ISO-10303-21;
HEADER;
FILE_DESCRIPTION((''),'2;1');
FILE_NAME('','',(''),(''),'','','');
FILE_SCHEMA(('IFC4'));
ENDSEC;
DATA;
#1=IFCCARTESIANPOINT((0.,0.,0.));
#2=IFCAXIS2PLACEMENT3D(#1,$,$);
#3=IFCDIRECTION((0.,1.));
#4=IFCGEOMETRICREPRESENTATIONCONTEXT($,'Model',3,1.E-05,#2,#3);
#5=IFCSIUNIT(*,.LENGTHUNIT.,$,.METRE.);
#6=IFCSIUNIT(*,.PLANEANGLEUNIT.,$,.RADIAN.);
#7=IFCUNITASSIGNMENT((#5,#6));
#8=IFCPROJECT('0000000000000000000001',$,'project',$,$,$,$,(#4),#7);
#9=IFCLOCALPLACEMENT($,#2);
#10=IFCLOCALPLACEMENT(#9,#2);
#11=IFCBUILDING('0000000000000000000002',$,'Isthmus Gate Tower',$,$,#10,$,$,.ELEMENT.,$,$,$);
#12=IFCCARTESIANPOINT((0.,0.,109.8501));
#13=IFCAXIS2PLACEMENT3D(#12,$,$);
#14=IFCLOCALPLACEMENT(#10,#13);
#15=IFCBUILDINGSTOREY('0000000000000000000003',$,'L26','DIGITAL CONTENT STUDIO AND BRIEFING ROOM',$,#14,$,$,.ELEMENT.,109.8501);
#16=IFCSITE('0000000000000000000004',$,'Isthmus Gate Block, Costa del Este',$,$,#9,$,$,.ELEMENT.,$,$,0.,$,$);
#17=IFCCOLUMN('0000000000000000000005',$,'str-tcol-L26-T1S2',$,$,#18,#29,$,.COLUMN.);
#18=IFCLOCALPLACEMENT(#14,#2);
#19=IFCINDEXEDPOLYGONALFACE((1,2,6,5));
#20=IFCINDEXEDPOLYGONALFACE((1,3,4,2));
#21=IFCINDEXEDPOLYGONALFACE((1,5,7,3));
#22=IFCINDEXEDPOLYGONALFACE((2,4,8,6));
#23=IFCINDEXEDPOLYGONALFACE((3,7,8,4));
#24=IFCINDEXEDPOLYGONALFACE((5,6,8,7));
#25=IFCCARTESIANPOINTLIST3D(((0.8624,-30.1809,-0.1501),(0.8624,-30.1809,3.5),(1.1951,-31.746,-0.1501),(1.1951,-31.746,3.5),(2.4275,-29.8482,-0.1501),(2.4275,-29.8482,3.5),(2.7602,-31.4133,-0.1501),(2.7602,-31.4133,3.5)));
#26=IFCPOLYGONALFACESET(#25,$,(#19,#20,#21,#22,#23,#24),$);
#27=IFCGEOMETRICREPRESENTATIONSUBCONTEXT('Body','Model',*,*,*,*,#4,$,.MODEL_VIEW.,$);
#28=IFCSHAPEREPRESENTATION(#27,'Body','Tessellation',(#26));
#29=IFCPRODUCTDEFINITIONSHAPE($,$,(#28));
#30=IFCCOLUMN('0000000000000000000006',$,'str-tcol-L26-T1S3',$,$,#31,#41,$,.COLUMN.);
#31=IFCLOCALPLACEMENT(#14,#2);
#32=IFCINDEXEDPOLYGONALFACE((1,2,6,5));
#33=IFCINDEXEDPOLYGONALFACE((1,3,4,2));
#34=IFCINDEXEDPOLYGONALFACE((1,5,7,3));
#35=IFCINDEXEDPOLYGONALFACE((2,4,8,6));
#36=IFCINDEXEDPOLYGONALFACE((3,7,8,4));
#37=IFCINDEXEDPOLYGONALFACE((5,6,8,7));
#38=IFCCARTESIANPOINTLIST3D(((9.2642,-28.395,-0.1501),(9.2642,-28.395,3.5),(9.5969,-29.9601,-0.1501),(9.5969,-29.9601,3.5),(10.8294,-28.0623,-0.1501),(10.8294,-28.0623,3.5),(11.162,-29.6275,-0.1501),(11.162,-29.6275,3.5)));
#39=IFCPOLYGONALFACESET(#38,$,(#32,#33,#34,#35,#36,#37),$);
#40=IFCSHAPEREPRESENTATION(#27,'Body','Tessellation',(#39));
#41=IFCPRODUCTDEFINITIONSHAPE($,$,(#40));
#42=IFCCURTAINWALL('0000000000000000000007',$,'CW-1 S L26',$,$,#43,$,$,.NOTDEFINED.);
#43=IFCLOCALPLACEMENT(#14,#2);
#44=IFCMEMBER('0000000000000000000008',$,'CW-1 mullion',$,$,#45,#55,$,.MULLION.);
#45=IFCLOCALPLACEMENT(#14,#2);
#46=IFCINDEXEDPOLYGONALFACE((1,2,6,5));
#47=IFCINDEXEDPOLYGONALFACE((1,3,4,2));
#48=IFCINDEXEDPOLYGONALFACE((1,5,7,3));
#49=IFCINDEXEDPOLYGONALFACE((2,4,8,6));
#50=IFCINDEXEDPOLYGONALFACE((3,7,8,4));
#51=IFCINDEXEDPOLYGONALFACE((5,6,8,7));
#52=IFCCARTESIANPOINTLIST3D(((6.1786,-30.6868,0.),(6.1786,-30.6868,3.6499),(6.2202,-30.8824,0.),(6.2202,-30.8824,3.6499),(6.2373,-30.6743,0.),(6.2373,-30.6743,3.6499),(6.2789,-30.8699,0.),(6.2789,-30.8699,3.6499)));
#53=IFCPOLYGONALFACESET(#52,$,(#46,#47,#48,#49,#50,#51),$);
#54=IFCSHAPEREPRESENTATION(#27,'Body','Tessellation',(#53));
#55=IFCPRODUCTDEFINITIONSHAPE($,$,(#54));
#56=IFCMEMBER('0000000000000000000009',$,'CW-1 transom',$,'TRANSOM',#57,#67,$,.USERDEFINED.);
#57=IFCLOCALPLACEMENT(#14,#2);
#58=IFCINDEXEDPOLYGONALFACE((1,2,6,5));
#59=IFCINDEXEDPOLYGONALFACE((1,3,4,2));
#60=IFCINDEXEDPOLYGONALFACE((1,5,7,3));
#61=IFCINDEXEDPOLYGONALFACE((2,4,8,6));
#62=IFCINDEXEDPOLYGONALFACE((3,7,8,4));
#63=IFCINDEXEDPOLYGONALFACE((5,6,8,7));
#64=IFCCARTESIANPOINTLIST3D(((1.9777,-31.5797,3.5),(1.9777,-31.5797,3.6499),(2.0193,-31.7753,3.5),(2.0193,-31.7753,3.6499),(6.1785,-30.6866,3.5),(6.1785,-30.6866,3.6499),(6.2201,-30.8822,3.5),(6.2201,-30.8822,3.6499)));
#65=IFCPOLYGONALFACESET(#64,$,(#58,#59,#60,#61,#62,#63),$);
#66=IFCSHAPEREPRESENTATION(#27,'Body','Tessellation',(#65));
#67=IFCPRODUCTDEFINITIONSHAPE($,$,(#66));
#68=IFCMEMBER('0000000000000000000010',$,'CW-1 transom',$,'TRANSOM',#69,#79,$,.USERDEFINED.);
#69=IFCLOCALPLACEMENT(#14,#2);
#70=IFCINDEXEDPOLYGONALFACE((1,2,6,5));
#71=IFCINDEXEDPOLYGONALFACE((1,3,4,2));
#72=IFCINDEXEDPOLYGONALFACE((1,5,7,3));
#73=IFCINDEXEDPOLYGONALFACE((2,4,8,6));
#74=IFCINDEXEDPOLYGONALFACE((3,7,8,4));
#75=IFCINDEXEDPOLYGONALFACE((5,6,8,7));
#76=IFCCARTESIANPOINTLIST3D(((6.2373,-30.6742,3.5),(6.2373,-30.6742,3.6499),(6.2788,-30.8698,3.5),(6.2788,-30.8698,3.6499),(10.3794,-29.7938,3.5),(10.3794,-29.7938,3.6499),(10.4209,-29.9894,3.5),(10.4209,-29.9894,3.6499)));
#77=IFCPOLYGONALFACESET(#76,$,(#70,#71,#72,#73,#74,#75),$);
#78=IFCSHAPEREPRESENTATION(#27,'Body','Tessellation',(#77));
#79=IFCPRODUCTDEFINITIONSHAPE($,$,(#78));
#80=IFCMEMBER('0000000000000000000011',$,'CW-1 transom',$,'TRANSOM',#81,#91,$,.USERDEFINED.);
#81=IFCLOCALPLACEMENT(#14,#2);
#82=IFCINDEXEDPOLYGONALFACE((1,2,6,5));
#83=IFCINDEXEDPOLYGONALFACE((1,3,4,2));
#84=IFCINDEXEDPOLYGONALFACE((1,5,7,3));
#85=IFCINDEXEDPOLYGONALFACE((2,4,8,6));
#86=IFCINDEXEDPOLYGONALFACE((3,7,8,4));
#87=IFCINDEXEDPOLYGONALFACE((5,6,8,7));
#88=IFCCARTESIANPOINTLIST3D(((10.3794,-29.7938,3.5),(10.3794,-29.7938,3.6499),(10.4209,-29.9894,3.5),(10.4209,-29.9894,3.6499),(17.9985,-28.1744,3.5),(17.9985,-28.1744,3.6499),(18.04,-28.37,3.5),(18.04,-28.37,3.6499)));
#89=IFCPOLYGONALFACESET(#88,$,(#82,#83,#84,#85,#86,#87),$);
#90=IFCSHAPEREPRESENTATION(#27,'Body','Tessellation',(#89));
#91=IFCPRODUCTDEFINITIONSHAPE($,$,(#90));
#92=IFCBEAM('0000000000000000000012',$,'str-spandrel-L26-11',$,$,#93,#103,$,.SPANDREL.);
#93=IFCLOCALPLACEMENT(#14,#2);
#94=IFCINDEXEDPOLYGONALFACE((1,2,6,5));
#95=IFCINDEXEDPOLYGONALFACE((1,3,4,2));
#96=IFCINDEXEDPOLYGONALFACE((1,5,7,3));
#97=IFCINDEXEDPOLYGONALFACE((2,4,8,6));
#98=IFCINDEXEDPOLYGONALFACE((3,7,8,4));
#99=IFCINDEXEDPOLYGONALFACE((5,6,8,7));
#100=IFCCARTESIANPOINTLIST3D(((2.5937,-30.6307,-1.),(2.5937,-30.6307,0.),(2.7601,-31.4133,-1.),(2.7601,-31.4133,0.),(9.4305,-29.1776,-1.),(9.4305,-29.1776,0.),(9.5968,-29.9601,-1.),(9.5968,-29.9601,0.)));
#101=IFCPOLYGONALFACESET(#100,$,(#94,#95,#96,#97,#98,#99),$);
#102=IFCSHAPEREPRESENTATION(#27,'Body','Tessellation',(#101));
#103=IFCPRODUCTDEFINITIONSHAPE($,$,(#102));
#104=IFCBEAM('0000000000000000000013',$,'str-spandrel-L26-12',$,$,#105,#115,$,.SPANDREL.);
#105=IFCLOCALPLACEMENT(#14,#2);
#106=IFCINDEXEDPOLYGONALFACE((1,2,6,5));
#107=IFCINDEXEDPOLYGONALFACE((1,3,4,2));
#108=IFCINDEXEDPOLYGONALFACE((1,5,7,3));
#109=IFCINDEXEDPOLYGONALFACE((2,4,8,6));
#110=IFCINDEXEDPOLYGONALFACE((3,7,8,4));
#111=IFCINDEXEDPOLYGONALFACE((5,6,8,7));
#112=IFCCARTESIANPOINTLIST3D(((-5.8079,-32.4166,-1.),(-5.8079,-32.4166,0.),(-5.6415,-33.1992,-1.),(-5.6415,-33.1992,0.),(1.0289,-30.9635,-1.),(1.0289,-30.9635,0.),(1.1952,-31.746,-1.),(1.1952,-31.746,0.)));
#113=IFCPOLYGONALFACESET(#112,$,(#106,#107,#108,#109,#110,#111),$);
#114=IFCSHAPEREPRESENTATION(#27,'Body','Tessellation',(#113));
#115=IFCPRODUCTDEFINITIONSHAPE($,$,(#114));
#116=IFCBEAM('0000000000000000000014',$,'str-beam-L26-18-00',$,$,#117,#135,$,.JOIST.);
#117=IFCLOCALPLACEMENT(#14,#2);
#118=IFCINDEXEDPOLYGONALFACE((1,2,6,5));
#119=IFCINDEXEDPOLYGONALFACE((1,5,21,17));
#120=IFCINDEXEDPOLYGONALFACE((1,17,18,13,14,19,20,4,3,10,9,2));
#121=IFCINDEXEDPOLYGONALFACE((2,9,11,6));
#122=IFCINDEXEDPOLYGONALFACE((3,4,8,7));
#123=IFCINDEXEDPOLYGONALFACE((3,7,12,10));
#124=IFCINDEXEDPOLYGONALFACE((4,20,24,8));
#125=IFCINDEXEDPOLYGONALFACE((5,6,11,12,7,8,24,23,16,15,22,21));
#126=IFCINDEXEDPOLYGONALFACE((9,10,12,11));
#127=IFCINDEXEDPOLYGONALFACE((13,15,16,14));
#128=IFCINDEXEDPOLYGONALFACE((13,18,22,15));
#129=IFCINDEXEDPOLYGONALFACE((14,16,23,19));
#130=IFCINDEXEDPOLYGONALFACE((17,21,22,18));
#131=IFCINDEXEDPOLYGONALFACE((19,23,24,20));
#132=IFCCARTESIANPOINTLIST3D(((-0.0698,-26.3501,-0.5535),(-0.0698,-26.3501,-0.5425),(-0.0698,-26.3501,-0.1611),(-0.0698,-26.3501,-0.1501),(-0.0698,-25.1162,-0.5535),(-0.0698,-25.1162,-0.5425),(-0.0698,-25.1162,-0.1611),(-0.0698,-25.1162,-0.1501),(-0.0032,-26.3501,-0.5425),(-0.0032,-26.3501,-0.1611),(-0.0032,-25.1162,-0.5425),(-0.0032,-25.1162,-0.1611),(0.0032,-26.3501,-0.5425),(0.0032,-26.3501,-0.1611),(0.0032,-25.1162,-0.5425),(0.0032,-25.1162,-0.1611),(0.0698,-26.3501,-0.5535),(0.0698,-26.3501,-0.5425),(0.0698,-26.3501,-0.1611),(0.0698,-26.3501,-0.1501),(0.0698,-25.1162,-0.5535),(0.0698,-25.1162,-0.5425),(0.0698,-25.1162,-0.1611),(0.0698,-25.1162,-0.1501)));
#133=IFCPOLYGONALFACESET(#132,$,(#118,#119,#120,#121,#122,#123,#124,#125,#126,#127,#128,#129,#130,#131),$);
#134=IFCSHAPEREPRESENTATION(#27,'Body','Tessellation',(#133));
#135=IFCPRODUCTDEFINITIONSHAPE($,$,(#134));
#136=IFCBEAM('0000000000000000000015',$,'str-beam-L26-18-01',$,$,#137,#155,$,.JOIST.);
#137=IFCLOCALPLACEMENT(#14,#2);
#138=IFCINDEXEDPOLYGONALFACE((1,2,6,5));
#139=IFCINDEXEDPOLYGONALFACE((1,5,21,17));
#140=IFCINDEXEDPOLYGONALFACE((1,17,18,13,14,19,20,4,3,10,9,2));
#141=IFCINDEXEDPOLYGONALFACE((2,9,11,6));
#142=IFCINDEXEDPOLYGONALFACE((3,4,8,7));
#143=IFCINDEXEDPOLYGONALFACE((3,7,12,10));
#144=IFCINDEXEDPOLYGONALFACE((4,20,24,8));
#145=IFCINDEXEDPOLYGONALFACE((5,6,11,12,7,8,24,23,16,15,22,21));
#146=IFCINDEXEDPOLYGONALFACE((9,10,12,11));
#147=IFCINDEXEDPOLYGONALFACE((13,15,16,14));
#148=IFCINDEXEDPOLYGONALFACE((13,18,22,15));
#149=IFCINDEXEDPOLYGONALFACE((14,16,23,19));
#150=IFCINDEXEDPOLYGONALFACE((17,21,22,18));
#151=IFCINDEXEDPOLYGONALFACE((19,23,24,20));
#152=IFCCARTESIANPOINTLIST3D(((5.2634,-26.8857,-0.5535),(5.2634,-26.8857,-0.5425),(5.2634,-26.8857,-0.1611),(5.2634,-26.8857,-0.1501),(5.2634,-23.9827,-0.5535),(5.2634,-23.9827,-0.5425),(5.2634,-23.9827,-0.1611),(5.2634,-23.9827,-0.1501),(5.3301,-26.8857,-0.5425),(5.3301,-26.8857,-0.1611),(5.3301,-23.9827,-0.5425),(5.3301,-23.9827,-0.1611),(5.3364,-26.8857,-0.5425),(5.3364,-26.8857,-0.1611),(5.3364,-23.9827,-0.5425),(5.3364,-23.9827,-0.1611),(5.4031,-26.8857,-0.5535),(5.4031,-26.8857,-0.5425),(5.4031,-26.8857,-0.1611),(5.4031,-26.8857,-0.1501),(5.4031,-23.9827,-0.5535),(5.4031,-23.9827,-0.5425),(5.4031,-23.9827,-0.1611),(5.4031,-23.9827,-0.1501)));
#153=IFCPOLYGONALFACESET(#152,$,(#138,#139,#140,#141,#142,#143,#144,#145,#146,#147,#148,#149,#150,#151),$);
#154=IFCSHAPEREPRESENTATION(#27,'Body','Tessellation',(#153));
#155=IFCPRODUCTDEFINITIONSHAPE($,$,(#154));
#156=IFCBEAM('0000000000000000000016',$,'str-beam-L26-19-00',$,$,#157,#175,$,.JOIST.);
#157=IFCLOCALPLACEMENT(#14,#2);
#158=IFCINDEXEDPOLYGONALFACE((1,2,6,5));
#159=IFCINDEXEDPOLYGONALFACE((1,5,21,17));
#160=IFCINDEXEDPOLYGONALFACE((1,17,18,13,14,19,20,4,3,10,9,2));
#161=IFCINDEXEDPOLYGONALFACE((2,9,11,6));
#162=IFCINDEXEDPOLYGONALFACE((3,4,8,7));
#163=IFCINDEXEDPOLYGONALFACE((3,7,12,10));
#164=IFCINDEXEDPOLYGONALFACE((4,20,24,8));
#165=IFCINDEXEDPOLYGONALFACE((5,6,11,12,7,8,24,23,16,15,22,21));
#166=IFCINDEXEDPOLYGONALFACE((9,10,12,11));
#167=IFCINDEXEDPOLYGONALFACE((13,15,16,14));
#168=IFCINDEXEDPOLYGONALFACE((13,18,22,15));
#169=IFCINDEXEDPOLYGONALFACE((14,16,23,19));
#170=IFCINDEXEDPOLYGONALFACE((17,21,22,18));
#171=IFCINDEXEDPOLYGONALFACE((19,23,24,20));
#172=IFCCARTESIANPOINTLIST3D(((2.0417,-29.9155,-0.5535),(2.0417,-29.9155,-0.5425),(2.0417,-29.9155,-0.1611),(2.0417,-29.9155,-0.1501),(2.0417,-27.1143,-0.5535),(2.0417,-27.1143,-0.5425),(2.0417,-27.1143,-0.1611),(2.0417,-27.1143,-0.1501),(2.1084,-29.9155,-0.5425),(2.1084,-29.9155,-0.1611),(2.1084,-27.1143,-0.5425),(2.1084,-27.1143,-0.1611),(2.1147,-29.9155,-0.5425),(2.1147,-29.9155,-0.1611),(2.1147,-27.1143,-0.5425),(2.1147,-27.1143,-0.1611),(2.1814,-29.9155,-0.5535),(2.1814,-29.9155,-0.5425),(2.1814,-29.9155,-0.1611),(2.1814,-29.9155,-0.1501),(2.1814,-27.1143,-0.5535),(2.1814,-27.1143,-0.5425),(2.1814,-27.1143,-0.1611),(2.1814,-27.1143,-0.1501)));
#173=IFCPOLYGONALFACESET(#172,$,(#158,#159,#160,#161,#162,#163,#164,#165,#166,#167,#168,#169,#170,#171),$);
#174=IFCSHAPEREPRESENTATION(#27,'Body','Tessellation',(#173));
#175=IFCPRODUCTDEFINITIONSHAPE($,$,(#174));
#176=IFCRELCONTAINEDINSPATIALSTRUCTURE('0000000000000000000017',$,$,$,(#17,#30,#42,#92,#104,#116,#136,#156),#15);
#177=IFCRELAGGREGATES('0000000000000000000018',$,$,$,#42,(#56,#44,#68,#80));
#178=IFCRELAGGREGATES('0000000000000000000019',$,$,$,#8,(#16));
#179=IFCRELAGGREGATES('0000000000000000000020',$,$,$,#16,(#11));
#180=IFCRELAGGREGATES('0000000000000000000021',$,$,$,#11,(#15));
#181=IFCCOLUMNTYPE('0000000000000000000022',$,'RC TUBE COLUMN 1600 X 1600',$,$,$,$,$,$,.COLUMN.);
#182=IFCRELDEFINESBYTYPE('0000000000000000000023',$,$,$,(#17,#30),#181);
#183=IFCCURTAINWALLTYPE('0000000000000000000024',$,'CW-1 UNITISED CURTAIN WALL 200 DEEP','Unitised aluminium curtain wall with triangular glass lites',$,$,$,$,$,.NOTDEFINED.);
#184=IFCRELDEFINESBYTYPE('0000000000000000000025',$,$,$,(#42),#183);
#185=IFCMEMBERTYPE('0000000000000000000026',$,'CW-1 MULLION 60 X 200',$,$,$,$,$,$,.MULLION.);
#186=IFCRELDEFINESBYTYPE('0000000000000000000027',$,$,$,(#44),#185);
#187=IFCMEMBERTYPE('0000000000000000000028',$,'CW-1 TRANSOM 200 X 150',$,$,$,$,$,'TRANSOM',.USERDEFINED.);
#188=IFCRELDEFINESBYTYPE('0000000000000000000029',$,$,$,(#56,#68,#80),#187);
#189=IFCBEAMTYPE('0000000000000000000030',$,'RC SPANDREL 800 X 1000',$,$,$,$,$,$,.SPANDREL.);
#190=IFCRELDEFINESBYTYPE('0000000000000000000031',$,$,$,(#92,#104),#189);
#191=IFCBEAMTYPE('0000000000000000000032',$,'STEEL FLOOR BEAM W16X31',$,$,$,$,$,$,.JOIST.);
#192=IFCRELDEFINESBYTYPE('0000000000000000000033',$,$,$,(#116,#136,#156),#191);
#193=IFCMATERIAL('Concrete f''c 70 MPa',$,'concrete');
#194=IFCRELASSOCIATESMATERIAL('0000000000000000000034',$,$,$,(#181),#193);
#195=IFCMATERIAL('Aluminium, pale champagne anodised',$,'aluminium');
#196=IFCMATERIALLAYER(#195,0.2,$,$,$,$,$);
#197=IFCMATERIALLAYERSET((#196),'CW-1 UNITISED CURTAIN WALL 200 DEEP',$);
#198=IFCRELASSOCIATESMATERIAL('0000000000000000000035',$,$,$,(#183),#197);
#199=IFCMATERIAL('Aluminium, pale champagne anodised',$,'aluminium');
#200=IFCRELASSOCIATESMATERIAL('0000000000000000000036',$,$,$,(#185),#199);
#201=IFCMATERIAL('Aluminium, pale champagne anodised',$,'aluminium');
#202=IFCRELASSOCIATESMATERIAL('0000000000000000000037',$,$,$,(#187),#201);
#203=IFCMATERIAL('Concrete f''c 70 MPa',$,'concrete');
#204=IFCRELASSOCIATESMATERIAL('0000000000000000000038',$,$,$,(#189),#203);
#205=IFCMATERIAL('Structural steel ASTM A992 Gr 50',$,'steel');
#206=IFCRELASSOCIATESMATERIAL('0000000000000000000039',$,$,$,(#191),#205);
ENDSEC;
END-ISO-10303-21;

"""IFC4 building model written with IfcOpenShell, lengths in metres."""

from ifc_helpers import new_model, si_unit, direction, frame, origin, origin_2d, place, context, subcontext, project, spatial, rectangle, i_section, extrude, material, layer, layer_set, material_profile, profile_set, type_object, element, aggregate, save


model = new_model("IFC4")

# Units and contexts
model_context = context("Model", 3, precision=1e-05, world=origin(), true_north=direction((0.0, 1.0)))
body_context = subcontext(model_context, "Body", "Model", "MODEL_VIEW")
ifc_project = project(units=[si_unit("LENGTHUNIT", "METRE"), si_unit("PLANEANGLEUNIT", "RADIAN")], contexts=[model_context])

# Site, building, storey
site_placement = place(None, origin())
site = spatial("IfcSite", under=ifc_project, at=site_placement, Name="Isthmus Gate Block, Costa del Este", CompositionType="ELEMENT", RefElevation=0.0)
building_placement = place(site_placement, origin())
building = spatial("IfcBuilding", under=site, at=building_placement, Name="Isthmus Gate Tower", CompositionType="ELEMENT")
storey_placement = place(building_placement, frame((0.0, 0.0, 109.8501)))
storey = spatial("IfcBuildingStorey", under=building, at=storey_placement, Name="L26", Description="DIGITAL CONTENT STUDIO AND BRIEFING ROOM", CompositionType="ELEMENT", Elevation=109.8501)

# Columns
ifc_material_1 = material(Name="Concrete f'c 70 MPa", Category="concrete")
ifc_material_profile_1 = material_profile(ifc_material_1, rectangle(XDim=1.6001, YDim=1.6001, at=origin_2d()), Name="RC 1600X1600")
ifc_profile_set_1 = profile_set([ifc_material_profile_1], Name="Concrete f'c 70 MPa")
column_type = type_object("IfcColumnType", Name="RC TUBE COLUMN 1600 X 1600", PredefinedType="COLUMN", material=ifc_profile_set_1)
for number, where, z_axis, x_axis, name in (
    (1, (1.8113, -30.7971, -0.1501), (0.0, 0.0, 1.0), (0.978148, 0.207912, 0.0), "str-tcol-L26-T1S2"),
    (2, (10.2131, -29.0112, -0.1501), (0.0, 0.0, 1.0), (0.978148, 0.207912, 0.0), "str-tcol-L26-T1S3"),
):
    element("IfcColumn", number, at=place(storey_placement, frame(where, z_axis=z_axis, x_axis=x_axis)), inside=storey, type_object=column_type, Name=name, PredefinedType="COLUMN", context=body_context, shape_type="SweptSolid", body=[
        extrude(rectangle(XDim=1.6001, YDim=1.6001, at=origin_2d()), origin(), (0.0, 0.0, 1.0), 3.6501),
    ])

# Curtain wall, members
ifc_material_2 = material(Name="Aluminium, pale champagne anodised", Category="aluminium")
ifc_layer_1 = layer(ifc_material_2, 0.2)
ifc_layer_set_1 = layer_set([ifc_layer_1], Name="CW-1 UNITISED CURTAIN WALL 200 DEEP")
curtain_wall_type = type_object("IfcCurtainWallType", Name="CW-1 UNITISED CURTAIN WALL 200 DEEP", Description="Unitised aluminium curtain wall with triangular glass lites", PredefinedType="NOTDEFINED", material=ifc_layer_set_1)
curtain_wall_placement = place(storey_placement, origin())
curtain_wall = element("IfcCurtainWall", 3, at=curtain_wall_placement, inside=storey, type_object=curtain_wall_type, Name="CW-1 S L26", PredefinedType="NOTDEFINED")
ifc_material_3 = material(Name="Aluminium, pale champagne anodised", Category="aluminium")
ifc_material_profile_2 = material_profile(ifc_material_3, rectangle(XDim=0.0601, YDim=0.2, at=origin_2d()), Name="60x200")
ifc_profile_set_2 = profile_set([ifc_material_profile_2], Name="Aluminium, pale champagne anodised")
member_type_1 = type_object("IfcMemberType", Name="CW-1 MULLION 60 X 200", PredefinedType="MULLION", material=ifc_profile_set_2)
member_1_placement = place(storey_placement, frame((6.2288, -30.7783, 0.0), z_axis=(0.0, 0.0, 1.0), x_axis=(0.978148, 0.207912, 0.0)))
member_1 = element("IfcMember", 4, at=member_1_placement, type_object=member_type_1, Name="CW-1 mullion", PredefinedType="MULLION", context=body_context, shape_type="SweptSolid", body=[
    extrude(rectangle(XDim=0.0601, YDim=0.2, at=origin_2d()), origin(), (0.0, 0.0, 1.0), 3.6499),
])
ifc_material_4 = material(Name="Aluminium, pale champagne anodised", Category="aluminium")
ifc_material_profile_3 = material_profile(ifc_material_4, rectangle(XDim=0.2, YDim=0.1499, at=origin_2d()), Name="200x150")
ifc_profile_set_3 = profile_set([ifc_material_profile_3], Name="Aluminium, pale champagne anodised")
member_type_2 = type_object("IfcMemberType", Name="CW-1 TRANSOM 200 X 150", ElementType="TRANSOM", PredefinedType="USERDEFINED", material=ifc_profile_set_3)
member_2_placement = place(storey_placement, frame((1.9985, -31.6775, 3.575), z_axis=(0.978139, 0.207953, 0.0), x_axis=(-0.207953, 0.978139, 0.0)))
member_2 = element("IfcMember", 5, at=member_2_placement, type_object=member_type_2, Name="CW-1 transom", ObjectType="TRANSOM", PredefinedType="USERDEFINED", context=body_context, shape_type="SweptSolid", body=[
    extrude(rectangle(XDim=0.2, YDim=0.1499, at=origin_2d()), origin(), (0.0, 0.0, 1.0), 4.2947),
])
member_3_placement = place(storey_placement, frame((6.2581, -30.772, 3.575), z_axis=(0.97815, 0.207899, 0.0), x_axis=(-0.207899, 0.97815, 0.0)))
member_3 = element("IfcMember", 6, at=member_3_placement, type_object=member_type_2, Name="CW-1 transom", ObjectType="TRANSOM", PredefinedType="USERDEFINED", context=body_context, shape_type="SweptSolid", body=[
    extrude(rectangle(XDim=0.2, YDim=0.1499, at=origin_2d()), origin(), (0.0, 0.0, 1.0), 4.2346),
])
member_4_placement = place(storey_placement, frame((10.4001, -29.8916, 3.575), z_axis=(0.978151, 0.207898, 0.0), x_axis=(-0.207898, 0.978151, 0.0)))
member_4 = element("IfcMember", 7, at=member_4_placement, type_object=member_type_2, Name="CW-1 transom", ObjectType="TRANSOM", PredefinedType="USERDEFINED", context=body_context, shape_type="SweptSolid", body=[
    extrude(rectangle(XDim=0.2, YDim=0.1499, at=origin_2d()), origin(), (0.0, 0.0, 1.0), 7.7893),
])

# Beams
ifc_material_5 = material(Name="Concrete f'c 70 MPa", Category="concrete")
ifc_material_profile_4 = material_profile(ifc_material_5, rectangle(XDim=0.8, YDim=1.0, at=origin_2d()), Name="RC 800X1000")
ifc_profile_set_4 = profile_set([ifc_material_profile_4], Name="Concrete f'c 70 MPa")
beam_type_1 = type_object("IfcBeamType", Name="RC SPANDREL 800 X 1000", PredefinedType="SPANDREL", material=ifc_profile_set_4)
for number, where, z_axis, x_axis, name in (
    (8, (9.5137, -29.5688, -0.5), (-0.978149, -0.207904, 0.0), (0.207904, -0.978149, 0.0), "str-spandrel-L26-11"),
    (9, (1.1121, -31.3547, -0.5), (-0.978149, -0.207904, 0.0), (0.207904, -0.978149, 0.0), "str-spandrel-L26-12"),
):
    element("IfcBeam", number, at=place(storey_placement, frame(where, z_axis=z_axis, x_axis=x_axis)), inside=storey, type_object=beam_type_1, Name=name, PredefinedType="SPANDREL", context=body_context, shape_type="SweptSolid", body=[
        extrude(rectangle(XDim=0.8, YDim=1.0, at=origin_2d()), origin(), (0.0, 0.0, 1.0), 6.9895),
    ])
ifc_material_6 = material(Name="Structural steel ASTM A992 Gr 50", Category="steel")
ifc_material_profile_5 = material_profile(ifc_material_6, i_section(OverallWidth=0.1396, OverallDepth=0.4033, WebThickness=0.0063, FlangeThickness=0.011, at=origin_2d()), Name="W16X31")
ifc_profile_set_5 = profile_set([ifc_material_profile_5], Name="Structural steel ASTM A992 Gr 50")
beam_type_2 = type_object("IfcBeamType", Name="STEEL FLOOR BEAM W16X31", PredefinedType="JOIST", material=ifc_profile_set_5)
beam_1_placement = place(storey_placement, frame((0.0, -26.3501, -0.3518), z_axis=(0.0, 1.0, 0.0), x_axis=(-1.0, 0.0, 0.0)))
element("IfcBeam", 10, at=beam_1_placement, inside=storey, type_object=beam_type_2, Name="str-beam-L26-18-00", PredefinedType="JOIST", context=body_context, shape_type="SweptSolid", body=[
    extrude(i_section(OverallWidth=0.1396, OverallDepth=0.4033, WebThickness=0.0063, FlangeThickness=0.011, at=origin_2d()), origin(), (0.0, 0.0, 1.0), 1.2339),
])
beam_2_placement = place(storey_placement, frame((5.3333, -26.8857, -0.3518), z_axis=(0.0, 1.0, 0.0), x_axis=(-1.0, 0.0, 0.0)))
element("IfcBeam", 11, at=beam_2_placement, inside=storey, type_object=beam_type_2, Name="str-beam-L26-18-01", PredefinedType="JOIST", context=body_context, shape_type="SweptSolid", body=[
    extrude(i_section(OverallWidth=0.1396, OverallDepth=0.4033, WebThickness=0.0063, FlangeThickness=0.011, at=origin_2d()), origin(), (0.0, 0.0, 1.0), 2.9031),
])
beam_3_placement = place(storey_placement, frame((2.1116, -29.9155, -0.3518), z_axis=(0.0, 1.0, 0.0), x_axis=(-1.0, 0.0, 0.0)))
element("IfcBeam", 12, at=beam_3_placement, inside=storey, type_object=beam_type_2, Name="str-beam-L26-19-00", PredefinedType="JOIST", context=body_context, shape_type="SweptSolid", body=[
    extrude(i_section(OverallWidth=0.1396, OverallDepth=0.4033, WebThickness=0.0063, FlangeThickness=0.011, at=origin_2d()), origin(), (0.0, 0.0, 1.0), 2.8013),
])

aggregate(curtain_wall, [member_2, member_1, member_3, member_4])

save(model, "model.ifc")
